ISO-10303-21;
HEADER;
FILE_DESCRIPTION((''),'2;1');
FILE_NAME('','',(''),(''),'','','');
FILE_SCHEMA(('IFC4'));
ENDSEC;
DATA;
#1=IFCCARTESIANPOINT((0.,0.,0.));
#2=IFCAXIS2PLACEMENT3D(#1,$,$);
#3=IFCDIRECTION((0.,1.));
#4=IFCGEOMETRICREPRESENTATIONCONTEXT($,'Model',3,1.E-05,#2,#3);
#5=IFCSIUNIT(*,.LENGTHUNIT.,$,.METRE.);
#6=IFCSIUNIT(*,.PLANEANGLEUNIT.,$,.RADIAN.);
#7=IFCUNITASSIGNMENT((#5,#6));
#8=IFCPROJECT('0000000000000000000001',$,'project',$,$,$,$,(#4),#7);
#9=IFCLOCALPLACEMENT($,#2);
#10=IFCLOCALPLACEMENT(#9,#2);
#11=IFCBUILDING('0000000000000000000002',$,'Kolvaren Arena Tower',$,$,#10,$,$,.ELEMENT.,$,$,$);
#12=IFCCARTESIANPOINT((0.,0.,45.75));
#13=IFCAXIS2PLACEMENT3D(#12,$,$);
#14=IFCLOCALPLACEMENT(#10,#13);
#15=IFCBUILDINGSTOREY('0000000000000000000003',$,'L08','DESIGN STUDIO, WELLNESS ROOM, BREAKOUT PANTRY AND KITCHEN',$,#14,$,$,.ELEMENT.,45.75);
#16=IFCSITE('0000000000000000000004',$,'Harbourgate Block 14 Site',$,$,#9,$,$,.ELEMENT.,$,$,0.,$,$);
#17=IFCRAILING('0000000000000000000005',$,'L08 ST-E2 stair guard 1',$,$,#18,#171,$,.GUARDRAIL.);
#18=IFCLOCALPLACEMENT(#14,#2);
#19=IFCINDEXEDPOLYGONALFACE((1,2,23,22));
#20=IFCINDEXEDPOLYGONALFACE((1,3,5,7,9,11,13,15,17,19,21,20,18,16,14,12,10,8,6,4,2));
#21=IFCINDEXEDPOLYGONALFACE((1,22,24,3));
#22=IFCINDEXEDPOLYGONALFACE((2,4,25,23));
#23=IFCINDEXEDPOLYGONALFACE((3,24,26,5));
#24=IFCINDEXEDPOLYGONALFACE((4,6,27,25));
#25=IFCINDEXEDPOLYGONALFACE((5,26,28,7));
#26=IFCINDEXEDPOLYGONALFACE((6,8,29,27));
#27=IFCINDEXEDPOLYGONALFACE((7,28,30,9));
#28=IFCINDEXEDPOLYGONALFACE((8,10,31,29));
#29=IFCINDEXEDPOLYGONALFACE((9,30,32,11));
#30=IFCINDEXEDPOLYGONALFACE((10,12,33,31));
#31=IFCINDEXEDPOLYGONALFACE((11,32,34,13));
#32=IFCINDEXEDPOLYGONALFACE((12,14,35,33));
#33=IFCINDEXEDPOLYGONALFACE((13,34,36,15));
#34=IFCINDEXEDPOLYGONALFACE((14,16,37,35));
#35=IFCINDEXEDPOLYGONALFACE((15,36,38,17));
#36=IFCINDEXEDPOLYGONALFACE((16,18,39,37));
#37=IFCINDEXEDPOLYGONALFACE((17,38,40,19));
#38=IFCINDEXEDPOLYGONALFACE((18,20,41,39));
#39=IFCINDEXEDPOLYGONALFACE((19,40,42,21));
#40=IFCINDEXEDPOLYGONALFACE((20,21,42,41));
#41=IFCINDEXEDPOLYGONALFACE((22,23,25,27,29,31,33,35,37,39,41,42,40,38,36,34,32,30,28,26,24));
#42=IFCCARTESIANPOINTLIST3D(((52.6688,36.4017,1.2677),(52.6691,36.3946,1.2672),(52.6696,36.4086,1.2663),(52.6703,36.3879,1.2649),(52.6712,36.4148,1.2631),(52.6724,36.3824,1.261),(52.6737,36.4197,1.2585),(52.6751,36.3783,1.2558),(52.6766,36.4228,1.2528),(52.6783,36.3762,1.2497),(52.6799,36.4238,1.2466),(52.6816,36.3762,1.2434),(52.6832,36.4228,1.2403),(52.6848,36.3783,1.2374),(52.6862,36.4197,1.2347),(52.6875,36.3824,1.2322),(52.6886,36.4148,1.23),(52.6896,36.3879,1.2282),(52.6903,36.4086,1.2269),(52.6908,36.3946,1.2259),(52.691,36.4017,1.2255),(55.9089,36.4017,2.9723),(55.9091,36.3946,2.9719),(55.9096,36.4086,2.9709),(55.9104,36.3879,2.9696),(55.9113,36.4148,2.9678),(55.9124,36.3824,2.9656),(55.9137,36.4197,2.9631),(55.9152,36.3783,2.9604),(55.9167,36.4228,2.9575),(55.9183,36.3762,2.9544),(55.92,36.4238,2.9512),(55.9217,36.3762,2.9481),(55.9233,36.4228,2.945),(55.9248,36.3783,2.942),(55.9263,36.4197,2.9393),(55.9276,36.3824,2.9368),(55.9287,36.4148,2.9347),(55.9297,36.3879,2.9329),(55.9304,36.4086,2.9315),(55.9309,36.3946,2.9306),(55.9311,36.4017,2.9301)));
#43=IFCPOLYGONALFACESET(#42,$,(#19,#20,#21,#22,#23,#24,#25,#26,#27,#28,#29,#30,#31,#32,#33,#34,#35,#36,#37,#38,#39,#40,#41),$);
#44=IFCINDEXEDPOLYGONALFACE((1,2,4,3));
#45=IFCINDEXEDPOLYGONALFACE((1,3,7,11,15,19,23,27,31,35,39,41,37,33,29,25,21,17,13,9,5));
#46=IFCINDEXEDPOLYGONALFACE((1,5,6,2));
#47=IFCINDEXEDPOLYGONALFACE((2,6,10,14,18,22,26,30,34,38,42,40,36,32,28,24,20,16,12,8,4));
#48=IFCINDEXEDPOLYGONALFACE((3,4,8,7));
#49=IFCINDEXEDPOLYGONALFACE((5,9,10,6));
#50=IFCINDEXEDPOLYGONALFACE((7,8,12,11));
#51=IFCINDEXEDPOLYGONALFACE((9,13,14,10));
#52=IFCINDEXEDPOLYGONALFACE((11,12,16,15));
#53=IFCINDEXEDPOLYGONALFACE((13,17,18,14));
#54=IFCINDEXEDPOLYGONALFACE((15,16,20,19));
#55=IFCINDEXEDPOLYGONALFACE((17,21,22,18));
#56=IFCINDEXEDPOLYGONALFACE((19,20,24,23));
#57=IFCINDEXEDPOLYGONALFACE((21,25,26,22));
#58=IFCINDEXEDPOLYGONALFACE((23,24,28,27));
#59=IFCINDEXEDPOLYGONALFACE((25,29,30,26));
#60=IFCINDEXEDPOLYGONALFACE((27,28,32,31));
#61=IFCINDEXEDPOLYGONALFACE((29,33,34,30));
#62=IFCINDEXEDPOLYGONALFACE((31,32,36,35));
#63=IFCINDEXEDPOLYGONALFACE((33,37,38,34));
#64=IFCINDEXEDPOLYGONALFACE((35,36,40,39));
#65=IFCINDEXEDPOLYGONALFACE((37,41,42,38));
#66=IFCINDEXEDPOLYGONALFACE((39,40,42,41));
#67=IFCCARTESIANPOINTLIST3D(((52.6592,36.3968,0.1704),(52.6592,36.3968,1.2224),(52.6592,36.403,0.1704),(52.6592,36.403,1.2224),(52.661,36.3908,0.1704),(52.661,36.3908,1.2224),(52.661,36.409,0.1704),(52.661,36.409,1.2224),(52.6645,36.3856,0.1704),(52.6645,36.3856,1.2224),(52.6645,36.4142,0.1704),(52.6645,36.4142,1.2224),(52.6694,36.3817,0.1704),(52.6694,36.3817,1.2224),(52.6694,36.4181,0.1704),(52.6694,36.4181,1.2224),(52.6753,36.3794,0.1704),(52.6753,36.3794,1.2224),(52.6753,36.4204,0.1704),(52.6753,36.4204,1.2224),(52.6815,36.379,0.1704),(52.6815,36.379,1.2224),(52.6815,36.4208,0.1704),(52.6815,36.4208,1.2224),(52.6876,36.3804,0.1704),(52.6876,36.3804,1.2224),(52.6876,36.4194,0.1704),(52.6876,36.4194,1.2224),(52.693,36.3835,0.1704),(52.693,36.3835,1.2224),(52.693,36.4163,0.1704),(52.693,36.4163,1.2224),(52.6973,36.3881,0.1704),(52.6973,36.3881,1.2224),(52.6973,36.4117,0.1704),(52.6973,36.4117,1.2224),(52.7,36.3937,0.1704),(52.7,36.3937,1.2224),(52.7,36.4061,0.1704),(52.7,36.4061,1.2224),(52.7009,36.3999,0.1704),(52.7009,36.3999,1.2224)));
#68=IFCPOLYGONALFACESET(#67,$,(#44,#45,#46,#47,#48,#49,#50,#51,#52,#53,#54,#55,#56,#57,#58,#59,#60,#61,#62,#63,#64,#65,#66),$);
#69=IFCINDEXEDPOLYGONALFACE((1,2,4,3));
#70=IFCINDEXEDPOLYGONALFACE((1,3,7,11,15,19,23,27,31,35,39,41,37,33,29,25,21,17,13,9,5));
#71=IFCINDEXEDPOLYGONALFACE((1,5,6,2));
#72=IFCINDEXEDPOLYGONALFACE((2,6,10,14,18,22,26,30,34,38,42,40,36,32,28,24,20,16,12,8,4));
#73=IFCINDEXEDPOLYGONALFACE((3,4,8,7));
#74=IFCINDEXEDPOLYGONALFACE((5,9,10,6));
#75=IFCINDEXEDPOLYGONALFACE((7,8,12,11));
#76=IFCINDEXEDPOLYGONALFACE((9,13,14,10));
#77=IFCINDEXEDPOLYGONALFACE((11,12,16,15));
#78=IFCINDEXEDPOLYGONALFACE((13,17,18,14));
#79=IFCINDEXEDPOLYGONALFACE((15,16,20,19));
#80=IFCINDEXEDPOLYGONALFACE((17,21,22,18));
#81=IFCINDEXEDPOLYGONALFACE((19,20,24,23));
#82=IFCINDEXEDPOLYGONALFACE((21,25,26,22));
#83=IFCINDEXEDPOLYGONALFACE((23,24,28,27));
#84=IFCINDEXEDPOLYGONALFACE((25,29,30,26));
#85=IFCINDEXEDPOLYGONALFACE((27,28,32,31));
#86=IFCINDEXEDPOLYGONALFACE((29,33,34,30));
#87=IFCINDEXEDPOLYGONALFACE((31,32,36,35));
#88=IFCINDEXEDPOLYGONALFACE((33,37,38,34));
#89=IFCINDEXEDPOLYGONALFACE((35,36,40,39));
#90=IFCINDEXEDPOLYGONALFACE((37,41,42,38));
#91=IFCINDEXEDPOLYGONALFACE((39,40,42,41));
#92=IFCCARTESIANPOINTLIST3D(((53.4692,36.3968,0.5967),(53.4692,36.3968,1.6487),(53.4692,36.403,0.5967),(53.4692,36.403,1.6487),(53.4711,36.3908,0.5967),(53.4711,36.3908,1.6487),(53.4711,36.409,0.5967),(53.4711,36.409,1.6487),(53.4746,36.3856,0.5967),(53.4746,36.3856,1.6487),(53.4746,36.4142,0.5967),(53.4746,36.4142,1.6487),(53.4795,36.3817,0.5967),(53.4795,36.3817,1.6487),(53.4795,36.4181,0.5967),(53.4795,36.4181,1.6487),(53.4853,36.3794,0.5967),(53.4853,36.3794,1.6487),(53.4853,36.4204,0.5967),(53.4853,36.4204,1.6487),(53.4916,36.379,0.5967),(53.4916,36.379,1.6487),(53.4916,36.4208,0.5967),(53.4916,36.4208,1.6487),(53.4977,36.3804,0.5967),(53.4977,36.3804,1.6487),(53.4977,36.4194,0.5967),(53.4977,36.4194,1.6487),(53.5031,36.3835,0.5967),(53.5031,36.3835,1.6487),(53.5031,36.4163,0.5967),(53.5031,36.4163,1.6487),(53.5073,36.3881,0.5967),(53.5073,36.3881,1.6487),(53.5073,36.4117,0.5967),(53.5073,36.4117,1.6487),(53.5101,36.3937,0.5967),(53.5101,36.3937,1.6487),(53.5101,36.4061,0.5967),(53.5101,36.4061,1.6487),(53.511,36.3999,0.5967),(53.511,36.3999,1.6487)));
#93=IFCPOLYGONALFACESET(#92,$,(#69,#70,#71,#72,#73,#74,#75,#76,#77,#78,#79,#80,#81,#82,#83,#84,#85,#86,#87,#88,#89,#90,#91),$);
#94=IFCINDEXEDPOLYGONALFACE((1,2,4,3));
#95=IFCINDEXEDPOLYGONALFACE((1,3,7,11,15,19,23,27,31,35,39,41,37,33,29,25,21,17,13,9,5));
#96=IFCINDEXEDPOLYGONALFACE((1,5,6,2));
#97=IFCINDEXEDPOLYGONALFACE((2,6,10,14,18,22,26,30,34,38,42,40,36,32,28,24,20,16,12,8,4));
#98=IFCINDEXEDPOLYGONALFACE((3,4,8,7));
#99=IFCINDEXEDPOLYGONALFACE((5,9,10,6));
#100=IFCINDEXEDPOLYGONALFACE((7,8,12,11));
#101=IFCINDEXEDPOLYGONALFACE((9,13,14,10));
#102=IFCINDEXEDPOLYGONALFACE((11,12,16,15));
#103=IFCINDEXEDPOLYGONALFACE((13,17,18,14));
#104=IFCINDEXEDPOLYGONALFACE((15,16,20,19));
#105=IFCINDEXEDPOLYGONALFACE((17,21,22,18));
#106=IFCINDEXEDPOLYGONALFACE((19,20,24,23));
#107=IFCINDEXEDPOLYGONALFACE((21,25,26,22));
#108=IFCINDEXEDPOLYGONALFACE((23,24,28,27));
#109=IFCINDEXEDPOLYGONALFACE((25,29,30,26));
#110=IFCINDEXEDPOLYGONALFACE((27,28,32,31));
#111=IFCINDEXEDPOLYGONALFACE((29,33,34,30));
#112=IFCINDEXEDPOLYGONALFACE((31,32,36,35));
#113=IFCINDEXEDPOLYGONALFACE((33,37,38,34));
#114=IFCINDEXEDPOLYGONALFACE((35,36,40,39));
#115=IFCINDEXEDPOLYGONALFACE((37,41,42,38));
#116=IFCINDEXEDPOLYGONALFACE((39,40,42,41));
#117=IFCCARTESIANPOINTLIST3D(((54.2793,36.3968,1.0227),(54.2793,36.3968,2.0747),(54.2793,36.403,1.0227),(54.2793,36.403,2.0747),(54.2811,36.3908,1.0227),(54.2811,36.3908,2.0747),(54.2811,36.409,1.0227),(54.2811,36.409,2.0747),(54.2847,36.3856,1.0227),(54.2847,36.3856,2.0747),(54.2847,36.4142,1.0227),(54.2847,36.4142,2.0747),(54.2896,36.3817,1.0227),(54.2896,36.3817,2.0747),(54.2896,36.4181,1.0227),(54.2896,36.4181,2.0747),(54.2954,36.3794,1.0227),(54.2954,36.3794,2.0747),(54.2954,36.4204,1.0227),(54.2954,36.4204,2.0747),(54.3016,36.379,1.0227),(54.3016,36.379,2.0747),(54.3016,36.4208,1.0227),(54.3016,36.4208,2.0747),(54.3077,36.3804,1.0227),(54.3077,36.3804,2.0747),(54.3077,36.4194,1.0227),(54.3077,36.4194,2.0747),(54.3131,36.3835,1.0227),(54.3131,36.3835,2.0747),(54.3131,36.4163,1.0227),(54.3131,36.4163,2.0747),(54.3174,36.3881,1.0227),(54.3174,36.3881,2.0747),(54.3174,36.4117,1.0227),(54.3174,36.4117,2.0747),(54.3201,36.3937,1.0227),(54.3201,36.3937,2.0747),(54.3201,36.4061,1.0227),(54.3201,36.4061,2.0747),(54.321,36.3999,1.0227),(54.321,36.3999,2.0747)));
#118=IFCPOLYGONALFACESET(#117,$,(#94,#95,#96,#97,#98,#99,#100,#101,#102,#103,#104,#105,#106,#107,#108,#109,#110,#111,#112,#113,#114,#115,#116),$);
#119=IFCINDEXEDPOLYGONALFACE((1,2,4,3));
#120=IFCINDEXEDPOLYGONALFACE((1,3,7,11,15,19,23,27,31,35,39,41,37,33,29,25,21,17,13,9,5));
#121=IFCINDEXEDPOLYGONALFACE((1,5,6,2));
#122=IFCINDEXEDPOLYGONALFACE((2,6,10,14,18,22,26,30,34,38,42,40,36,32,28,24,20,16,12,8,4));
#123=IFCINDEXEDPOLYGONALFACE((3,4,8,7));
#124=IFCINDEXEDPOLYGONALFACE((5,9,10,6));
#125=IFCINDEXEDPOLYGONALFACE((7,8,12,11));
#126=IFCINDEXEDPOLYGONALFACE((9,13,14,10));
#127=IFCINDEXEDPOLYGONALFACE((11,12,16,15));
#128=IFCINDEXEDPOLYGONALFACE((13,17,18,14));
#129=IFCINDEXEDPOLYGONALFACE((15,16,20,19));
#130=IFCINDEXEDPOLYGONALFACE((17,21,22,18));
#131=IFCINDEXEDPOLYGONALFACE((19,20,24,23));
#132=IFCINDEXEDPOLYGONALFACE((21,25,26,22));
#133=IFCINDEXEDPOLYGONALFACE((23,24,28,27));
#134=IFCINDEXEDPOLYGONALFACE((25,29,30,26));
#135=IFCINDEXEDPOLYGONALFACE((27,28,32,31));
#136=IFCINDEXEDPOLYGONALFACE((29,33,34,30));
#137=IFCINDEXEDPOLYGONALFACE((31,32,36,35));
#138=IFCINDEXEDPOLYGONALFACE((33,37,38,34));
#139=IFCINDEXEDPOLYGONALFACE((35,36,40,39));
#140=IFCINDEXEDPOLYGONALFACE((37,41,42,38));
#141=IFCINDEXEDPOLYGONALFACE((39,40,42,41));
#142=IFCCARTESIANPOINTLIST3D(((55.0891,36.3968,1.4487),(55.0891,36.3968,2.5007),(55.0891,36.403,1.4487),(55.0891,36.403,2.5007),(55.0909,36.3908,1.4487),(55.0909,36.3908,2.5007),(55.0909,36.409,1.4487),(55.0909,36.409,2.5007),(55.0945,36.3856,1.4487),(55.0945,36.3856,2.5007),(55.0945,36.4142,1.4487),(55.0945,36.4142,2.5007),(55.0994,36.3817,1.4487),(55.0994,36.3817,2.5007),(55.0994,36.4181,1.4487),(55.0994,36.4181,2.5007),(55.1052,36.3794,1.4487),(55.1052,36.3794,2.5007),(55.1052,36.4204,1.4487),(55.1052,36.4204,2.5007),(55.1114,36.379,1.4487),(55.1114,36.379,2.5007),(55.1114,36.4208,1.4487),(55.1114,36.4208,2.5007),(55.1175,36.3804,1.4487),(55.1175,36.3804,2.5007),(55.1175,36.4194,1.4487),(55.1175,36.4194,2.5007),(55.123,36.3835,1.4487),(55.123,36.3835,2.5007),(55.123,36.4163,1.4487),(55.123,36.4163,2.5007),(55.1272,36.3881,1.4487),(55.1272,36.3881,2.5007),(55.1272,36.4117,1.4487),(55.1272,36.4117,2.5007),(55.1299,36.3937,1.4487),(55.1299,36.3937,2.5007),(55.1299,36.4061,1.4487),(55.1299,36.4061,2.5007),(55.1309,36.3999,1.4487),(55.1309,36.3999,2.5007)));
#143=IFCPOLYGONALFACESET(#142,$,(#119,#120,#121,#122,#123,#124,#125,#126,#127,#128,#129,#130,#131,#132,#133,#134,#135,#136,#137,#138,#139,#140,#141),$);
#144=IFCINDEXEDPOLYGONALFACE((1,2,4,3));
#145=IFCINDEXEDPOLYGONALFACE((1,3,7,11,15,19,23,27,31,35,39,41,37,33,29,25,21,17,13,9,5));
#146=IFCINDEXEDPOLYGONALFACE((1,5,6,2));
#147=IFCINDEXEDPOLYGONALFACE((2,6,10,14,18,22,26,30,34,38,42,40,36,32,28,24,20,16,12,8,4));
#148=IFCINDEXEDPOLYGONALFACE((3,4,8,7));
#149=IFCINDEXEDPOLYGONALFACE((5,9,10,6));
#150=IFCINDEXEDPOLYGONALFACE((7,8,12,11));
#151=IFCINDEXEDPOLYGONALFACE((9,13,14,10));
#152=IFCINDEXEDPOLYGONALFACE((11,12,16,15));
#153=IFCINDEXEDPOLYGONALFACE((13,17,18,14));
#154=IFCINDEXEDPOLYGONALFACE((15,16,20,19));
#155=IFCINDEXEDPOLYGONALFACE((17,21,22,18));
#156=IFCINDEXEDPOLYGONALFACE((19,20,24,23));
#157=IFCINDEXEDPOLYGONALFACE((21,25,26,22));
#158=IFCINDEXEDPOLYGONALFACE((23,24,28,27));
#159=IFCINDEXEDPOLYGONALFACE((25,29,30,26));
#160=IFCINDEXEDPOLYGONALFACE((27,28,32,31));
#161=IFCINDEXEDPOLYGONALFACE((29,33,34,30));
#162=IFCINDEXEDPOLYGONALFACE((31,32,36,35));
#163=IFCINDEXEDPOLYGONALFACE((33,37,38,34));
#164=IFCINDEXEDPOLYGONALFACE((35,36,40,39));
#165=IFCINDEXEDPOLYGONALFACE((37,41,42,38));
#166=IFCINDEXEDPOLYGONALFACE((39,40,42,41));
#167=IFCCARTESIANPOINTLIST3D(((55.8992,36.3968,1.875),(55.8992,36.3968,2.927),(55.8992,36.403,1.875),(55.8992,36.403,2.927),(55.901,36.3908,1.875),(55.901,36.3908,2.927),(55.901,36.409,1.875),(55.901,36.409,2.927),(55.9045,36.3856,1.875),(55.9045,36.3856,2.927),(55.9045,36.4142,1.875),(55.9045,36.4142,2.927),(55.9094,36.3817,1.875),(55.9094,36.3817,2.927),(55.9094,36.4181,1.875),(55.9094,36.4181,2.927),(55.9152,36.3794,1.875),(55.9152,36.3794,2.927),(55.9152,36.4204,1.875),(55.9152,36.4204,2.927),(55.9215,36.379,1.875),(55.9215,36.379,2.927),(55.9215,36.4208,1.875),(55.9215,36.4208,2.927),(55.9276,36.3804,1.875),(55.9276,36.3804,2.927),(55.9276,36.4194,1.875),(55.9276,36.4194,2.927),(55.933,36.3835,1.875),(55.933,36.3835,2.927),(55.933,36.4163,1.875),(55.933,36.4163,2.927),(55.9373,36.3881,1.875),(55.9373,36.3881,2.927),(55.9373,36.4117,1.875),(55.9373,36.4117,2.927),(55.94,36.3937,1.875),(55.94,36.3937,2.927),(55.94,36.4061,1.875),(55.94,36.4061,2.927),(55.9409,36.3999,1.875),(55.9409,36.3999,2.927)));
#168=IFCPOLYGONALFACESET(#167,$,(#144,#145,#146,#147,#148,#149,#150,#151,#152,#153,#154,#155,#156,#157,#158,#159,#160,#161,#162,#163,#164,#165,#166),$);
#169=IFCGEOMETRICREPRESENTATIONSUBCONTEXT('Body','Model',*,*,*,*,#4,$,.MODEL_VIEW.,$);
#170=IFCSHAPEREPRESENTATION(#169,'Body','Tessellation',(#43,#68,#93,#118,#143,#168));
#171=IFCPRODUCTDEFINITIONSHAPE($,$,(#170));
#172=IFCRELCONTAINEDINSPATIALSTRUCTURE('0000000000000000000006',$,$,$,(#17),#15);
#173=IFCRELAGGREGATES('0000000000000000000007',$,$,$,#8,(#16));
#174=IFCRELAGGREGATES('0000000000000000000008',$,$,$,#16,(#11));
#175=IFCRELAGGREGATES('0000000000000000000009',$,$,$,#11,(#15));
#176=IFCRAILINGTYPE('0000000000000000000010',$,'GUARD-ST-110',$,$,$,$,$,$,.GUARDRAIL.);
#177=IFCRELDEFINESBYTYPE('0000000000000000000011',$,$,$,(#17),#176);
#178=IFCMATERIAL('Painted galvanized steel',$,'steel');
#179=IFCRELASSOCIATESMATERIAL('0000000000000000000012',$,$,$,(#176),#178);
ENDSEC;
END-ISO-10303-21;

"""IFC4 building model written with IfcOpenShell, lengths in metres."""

from ifc_helpers import new_model, si_unit, direction, frame, origin, origin_2d, place, context, subcontext, project, spatial, circle, extrude, material, type_object, element, save


model = new_model("IFC4")

# Units and contexts
model_context = context("Model", 3, precision=1e-05, world=origin(), true_north=direction((0.0, 1.0)))
body_context = subcontext(model_context, "Body", "Model", "MODEL_VIEW")
ifc_project = project(units=[si_unit("LENGTHUNIT", "METRE"), si_unit("PLANEANGLEUNIT", "RADIAN")], contexts=[model_context])

# Site, building, storey
site_placement = place(None, origin())
site = spatial("IfcSite", under=ifc_project, at=site_placement, Name="Harbourgate Block 14 Site", CompositionType="ELEMENT", RefElevation=0.0)
building_placement = place(site_placement, origin())
building = spatial("IfcBuilding", under=site, at=building_placement, Name="Kolvaren Arena Tower", CompositionType="ELEMENT")
storey_placement = place(building_placement, frame((0.0, 0.0, 45.75)))
storey = spatial("IfcBuildingStorey", under=building, at=storey_placement, Name="L08", Description="DESIGN STUDIO, WELLNESS ROOM, BREAKOUT PANTRY AND KITCHEN", CompositionType="ELEMENT", Elevation=45.75)

# Railing
ifc_material_1 = material(Name="Painted galvanized steel", Category="steel")
railing_type = type_object("IfcRailingType", Name="GUARD-ST-110", PredefinedType="GUARDRAIL", material=ifc_material_1)
railing_1_placement = place(storey_placement, frame((52.6799, 36.3999, 0.1704)))
element("IfcRailing", 1, at=railing_1_placement, inside=storey, type_object=railing_type, Name="L08 ST-E2 stair guard 1", PredefinedType="GUARDRAIL", context=body_context, shape_type="SweptSolid", body=[
    extrude(circle(Radius=0.0239, at=origin_2d()), frame((0.0, 0.0, 1.0762), z_axis=(0.884993, 0.0, 0.465604), x_axis=(0.0, 1.0, 0.0)), (0.0, 0.0, 1.0), 3.6611),
    extrude(circle(Radius=0.021, at=origin_2d()), origin(), (0.0, 0.0, 1.0), 1.052),
    extrude(circle(Radius=0.021, at=origin_2d()), frame((0.8101, 0.0, 0.4263)), (0.0, 0.0, 1.0), 1.052),
    extrude(circle(Radius=0.021, at=origin_2d()), frame((1.6201, 0.0, 0.8523)), (0.0, 0.0, 1.0), 1.052),
    extrude(circle(Radius=0.021, at=origin_2d()), frame((2.4299, 0.0, 1.2783)), (0.0, 0.0, 1.0), 1.052),
    extrude(circle(Radius=0.021, at=origin_2d()), frame((3.24, 0.0, 1.7046)), (0.0, 0.0, 1.0), 1.052),
])

save(model, "model.ifc")
